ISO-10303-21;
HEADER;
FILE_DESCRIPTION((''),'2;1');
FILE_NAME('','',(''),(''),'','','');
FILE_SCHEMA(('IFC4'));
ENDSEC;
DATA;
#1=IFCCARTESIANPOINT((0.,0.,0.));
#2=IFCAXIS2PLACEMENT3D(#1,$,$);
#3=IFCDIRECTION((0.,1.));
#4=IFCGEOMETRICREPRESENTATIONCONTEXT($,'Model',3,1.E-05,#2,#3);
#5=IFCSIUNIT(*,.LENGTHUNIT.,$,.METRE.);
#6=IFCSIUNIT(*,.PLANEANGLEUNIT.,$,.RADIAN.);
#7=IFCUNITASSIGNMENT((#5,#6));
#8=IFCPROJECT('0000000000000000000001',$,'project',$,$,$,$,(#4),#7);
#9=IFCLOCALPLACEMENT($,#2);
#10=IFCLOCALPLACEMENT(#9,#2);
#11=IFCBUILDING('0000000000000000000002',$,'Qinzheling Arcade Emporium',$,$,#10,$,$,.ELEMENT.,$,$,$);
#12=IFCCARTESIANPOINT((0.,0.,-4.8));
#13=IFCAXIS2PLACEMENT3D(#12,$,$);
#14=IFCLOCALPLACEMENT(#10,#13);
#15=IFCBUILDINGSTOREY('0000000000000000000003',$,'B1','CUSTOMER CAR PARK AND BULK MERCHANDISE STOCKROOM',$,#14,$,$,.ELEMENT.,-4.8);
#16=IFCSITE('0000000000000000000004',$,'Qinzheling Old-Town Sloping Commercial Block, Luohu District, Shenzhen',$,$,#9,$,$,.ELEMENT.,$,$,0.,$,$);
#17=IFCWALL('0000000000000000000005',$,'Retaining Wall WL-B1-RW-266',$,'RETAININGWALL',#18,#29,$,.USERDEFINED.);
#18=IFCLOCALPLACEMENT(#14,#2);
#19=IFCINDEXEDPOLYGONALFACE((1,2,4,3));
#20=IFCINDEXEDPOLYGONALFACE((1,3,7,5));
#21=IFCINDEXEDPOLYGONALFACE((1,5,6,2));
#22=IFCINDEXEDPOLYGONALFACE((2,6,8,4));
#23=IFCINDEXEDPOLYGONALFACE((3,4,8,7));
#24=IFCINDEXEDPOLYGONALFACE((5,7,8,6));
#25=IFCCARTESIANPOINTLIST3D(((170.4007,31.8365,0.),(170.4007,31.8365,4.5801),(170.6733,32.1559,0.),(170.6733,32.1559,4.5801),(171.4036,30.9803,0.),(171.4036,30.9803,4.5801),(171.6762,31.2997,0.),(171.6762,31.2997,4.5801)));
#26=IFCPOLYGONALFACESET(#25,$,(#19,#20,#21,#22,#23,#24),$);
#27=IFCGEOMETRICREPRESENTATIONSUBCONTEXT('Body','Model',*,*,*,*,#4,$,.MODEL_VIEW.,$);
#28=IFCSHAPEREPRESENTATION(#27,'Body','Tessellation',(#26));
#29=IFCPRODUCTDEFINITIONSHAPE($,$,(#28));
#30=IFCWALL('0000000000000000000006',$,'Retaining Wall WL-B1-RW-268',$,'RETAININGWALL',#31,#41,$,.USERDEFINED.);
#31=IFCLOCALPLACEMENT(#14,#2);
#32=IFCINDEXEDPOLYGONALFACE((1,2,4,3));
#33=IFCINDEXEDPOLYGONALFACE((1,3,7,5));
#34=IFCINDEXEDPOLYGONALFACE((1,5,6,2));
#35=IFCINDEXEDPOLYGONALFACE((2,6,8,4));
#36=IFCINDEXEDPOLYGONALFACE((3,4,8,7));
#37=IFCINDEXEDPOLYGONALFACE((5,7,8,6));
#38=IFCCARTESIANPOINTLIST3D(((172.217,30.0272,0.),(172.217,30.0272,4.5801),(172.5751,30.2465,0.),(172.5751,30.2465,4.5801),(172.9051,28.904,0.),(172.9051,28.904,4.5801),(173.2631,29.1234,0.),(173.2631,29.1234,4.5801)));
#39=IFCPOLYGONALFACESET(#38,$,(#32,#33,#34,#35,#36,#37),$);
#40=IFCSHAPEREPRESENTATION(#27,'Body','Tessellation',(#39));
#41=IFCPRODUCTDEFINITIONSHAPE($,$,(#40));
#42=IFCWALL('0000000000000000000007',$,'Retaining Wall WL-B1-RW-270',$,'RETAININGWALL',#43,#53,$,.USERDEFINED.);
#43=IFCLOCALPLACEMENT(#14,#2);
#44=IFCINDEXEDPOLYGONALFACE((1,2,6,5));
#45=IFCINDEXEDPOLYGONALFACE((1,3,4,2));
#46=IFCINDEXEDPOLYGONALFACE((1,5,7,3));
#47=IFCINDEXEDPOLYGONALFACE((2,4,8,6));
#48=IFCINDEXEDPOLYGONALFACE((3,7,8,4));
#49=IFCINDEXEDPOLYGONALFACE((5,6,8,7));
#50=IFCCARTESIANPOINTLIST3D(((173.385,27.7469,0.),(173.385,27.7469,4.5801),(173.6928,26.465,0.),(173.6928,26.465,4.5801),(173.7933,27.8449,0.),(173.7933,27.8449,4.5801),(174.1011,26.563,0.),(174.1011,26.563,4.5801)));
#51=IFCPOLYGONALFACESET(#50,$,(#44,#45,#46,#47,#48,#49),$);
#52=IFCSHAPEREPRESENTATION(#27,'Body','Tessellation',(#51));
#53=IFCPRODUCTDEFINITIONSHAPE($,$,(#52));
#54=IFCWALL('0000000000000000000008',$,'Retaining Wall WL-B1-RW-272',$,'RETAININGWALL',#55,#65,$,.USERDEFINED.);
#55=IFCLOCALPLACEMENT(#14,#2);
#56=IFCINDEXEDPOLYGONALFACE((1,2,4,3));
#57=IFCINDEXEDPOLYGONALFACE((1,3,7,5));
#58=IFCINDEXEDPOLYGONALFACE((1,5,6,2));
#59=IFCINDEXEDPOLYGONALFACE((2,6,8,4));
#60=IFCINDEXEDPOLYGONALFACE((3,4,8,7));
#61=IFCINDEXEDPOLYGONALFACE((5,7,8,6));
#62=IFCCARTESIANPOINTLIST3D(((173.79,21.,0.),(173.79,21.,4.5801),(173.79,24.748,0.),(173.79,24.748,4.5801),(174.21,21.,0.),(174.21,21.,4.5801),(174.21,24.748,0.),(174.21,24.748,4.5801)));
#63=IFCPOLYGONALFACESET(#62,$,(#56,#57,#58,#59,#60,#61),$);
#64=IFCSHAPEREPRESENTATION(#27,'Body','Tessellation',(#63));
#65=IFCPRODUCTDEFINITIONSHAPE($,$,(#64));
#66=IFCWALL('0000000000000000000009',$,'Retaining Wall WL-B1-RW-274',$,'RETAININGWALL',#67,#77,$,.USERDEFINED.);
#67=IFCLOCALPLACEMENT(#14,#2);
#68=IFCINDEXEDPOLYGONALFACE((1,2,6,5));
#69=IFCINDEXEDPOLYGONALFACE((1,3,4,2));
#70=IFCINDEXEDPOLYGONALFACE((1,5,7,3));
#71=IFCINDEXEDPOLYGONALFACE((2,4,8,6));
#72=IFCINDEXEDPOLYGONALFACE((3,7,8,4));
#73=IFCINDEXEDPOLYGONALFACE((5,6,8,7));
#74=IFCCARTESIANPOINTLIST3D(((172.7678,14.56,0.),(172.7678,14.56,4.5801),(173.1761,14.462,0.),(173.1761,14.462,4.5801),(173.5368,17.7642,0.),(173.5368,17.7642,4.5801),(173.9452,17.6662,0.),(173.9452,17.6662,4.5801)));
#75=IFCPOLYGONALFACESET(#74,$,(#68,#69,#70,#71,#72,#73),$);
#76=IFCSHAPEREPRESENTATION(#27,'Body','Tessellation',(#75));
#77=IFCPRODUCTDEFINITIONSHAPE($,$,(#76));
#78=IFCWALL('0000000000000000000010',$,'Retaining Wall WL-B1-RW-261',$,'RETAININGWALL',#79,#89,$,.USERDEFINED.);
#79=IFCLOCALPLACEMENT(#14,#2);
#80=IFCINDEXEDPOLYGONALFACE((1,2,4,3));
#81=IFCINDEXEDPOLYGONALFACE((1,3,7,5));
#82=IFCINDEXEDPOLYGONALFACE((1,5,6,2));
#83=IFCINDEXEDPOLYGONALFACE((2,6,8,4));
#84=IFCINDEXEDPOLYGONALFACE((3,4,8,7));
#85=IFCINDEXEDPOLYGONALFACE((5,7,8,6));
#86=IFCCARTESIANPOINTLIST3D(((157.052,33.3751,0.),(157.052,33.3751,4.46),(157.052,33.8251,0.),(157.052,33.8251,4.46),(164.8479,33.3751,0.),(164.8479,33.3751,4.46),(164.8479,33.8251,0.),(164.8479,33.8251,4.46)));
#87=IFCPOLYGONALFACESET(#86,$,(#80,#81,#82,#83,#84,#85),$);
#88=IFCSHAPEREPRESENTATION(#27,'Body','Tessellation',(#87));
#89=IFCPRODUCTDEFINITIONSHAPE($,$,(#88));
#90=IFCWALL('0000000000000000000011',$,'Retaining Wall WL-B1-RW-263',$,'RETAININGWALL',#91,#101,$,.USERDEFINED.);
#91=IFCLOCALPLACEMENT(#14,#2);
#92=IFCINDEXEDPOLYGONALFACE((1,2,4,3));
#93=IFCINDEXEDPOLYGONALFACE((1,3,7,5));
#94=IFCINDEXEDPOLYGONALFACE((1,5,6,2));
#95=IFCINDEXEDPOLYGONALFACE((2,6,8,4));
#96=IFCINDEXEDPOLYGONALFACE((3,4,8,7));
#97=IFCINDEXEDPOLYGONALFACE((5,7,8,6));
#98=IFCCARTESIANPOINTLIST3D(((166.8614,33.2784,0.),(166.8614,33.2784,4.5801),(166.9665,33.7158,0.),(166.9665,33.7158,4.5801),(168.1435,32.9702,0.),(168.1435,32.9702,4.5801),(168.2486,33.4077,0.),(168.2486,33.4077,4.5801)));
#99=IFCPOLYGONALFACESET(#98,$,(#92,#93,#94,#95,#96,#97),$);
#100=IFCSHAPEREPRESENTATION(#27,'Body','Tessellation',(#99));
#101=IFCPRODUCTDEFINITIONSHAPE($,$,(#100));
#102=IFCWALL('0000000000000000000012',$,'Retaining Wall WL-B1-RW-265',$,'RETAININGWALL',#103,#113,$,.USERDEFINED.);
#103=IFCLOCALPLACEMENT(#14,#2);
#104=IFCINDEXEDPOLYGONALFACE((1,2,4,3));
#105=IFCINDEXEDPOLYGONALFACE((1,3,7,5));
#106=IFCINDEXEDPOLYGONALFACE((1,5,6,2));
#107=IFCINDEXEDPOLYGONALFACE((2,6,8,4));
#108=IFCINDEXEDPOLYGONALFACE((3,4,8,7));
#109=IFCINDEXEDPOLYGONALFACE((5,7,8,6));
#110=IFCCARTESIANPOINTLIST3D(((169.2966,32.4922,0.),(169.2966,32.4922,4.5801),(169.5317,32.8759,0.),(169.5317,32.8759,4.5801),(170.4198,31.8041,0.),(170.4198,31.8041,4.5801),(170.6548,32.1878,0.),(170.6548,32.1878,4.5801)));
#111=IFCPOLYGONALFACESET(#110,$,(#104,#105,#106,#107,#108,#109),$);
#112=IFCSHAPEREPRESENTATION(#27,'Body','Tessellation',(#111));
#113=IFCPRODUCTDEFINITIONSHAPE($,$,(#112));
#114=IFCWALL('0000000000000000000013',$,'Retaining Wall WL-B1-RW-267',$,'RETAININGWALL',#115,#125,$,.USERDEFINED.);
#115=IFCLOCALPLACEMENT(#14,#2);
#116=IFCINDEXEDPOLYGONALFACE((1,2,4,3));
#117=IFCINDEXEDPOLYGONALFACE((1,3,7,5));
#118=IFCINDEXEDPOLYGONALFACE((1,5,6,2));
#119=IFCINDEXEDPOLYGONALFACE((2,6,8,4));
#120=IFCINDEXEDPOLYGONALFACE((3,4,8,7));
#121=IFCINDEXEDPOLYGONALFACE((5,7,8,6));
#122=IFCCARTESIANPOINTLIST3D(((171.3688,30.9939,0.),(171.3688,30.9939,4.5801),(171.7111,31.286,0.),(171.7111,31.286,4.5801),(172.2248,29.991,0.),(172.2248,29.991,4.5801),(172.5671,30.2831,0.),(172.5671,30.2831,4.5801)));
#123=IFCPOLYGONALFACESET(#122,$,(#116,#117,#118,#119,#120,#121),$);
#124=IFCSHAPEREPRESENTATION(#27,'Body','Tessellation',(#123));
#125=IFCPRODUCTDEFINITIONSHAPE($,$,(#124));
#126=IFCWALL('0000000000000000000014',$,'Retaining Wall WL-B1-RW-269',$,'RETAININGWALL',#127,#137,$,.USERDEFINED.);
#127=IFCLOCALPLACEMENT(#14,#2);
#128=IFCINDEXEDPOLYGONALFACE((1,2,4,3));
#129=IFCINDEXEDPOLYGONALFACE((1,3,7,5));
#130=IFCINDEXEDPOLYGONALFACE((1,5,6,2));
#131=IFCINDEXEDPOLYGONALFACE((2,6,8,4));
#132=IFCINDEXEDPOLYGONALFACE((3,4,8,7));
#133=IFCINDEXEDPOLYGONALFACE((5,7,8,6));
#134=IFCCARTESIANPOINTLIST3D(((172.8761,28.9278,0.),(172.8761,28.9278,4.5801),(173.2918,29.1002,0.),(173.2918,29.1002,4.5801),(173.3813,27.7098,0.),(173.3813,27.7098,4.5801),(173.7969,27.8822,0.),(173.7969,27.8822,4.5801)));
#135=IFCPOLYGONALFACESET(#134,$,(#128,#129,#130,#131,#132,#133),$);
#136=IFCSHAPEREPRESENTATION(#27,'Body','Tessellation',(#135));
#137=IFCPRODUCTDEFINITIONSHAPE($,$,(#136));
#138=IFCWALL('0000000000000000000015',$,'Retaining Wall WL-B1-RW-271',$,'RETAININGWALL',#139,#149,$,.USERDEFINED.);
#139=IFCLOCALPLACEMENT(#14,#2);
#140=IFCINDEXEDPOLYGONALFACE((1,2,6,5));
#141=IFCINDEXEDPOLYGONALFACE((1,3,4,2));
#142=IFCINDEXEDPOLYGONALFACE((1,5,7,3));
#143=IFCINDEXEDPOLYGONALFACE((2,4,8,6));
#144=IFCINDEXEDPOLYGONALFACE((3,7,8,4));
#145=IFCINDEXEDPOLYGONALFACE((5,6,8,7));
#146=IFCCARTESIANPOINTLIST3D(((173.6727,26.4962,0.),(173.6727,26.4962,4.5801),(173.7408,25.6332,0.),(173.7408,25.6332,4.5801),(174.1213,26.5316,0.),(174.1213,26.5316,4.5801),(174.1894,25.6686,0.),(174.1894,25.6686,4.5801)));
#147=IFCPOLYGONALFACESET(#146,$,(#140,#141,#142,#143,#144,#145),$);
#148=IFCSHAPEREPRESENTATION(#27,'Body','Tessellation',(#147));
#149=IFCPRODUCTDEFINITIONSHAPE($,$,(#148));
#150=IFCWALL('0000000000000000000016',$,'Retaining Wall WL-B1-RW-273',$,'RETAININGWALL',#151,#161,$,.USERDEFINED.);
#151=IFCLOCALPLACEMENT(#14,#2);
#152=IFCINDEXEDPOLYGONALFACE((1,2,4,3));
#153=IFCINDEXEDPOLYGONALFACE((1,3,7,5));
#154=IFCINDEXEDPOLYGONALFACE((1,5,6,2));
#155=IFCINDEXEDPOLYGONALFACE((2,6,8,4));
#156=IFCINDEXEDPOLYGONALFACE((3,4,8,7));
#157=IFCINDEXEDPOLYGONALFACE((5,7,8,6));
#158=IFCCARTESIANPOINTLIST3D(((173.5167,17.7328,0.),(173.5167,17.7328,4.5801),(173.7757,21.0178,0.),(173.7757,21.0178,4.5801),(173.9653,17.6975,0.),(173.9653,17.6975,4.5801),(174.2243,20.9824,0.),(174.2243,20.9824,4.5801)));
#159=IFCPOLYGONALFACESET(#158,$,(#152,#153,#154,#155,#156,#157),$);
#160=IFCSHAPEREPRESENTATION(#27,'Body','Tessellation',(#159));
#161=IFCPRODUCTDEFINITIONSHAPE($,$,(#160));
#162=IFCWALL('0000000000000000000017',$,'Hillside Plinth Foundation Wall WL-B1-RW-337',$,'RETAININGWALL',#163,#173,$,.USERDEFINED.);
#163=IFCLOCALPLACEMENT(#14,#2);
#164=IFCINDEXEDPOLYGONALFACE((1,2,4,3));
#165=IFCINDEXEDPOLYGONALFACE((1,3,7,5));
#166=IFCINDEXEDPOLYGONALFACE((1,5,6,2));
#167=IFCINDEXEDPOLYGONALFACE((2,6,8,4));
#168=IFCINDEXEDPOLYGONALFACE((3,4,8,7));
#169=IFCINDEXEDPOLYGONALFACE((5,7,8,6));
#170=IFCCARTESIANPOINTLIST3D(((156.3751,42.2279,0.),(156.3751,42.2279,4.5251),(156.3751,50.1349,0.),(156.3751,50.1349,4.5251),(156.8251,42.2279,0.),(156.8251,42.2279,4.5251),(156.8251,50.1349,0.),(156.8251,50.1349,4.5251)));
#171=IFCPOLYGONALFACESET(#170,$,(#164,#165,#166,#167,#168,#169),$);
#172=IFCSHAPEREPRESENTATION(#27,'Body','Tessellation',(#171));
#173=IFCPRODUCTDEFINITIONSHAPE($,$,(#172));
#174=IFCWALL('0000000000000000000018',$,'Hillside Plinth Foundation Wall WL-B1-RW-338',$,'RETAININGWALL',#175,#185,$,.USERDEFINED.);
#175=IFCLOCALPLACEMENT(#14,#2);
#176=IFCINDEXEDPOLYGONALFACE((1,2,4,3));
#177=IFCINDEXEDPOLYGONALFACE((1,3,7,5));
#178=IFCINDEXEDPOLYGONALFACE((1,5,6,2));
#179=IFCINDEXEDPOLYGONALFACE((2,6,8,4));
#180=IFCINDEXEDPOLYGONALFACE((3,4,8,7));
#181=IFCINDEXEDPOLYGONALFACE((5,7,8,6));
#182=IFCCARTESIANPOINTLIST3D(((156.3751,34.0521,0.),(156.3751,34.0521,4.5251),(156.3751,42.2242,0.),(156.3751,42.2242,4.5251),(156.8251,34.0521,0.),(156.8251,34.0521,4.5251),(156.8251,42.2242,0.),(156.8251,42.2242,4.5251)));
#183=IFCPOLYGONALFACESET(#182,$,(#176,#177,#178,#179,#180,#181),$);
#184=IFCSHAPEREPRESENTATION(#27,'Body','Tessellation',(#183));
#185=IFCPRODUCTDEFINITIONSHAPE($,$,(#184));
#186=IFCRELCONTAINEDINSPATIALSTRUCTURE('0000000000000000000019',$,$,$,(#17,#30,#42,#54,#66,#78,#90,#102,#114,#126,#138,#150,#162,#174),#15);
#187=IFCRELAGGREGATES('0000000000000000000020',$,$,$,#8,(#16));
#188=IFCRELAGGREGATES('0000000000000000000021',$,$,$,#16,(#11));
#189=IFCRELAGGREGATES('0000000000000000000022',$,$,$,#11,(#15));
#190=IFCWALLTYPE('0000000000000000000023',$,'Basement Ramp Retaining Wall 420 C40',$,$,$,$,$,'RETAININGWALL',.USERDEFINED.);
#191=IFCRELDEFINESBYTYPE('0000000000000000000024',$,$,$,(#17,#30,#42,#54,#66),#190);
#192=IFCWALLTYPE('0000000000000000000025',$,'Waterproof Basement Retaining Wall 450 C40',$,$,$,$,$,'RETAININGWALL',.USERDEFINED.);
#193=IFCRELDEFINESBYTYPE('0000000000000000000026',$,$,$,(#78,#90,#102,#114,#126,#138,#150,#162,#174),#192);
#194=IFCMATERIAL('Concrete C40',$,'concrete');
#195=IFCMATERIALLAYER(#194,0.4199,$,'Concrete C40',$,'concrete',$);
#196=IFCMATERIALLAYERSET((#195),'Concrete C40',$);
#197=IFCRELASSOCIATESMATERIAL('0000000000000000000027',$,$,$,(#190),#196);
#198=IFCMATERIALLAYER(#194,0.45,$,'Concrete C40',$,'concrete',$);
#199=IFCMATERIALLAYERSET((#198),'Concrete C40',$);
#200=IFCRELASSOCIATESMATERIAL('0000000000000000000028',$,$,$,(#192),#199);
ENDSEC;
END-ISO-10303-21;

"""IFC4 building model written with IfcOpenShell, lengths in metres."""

from ifc_helpers import new_model, si_unit, direction, frame, frame_2d, origin, place, context, subcontext, project, spatial, rectangle, extrude, material, layer, layer_set, type_object, element, save


model = new_model("IFC4")

# Units and contexts
model_context = context("Model", 3, precision=1e-05, world=origin(), true_north=direction((0.0, 1.0)))
body_context = subcontext(model_context, "Body", "Model", "MODEL_VIEW")
ifc_project = project(units=[si_unit("LENGTHUNIT", "METRE"), si_unit("PLANEANGLEUNIT", "RADIAN")], contexts=[model_context])

# Site, building, storey
site_placement = place(None, origin())
site = spatial("IfcSite", under=ifc_project, at=site_placement, Name="Qinzheling Old-Town Sloping Commercial Block, Luohu District, Shenzhen", CompositionType="ELEMENT", RefElevation=0.0)
building_placement = place(site_placement, origin())
building = spatial("IfcBuilding", under=site, at=building_placement, Name="Qinzheling Arcade Emporium", CompositionType="ELEMENT")
storey_placement = place(building_placement, frame((0.0, 0.0, -4.8)))
storey = spatial("IfcBuildingStorey", under=building, at=storey_placement, Name="B1", Description="CUSTOMER CAR PARK AND BULK MERCHANDISE STOCKROOM", CompositionType="ELEMENT", Elevation=-4.8)

# Shared definitions
ifc_material_1 = material(Name="Concrete C40", Category="concrete")

# Walls
ifc_layer_1 = layer(ifc_material_1, 0.4199, Name="Concrete C40", Category="concrete")
ifc_layer_set_1 = layer_set([ifc_layer_1], Name="Concrete C40")
wall_type_1 = type_object("IfcWallType", Name="Basement Ramp Retaining Wall 420 C40", ElementType="RETAININGWALL", PredefinedType="USERDEFINED", material=ifc_layer_set_1)
for number, where, z_axis, x_axis, name in (
    (1, (170.5371, 31.9961, 0.0), (0.0, 0.0, 1.0), (0.760549, -0.649281, 0.0), "Retaining Wall WL-B1-RW-266"),
):
    element("IfcWall", number, at=place(storey_placement, frame(where, z_axis=z_axis, x_axis=x_axis)), inside=storey, type_object=wall_type_1, Name=name, ObjectType="RETAININGWALL", PredefinedType="USERDEFINED", context=body_context, shape_type="SweptSolid", body=[
        extrude(rectangle(XDim=1.3186, YDim=0.4199, at=frame_2d((0.6592, 0.0))), origin(), (0.0, 0.0, 1.0), 4.5801),
    ])
wall_1_placement = place(storey_placement, frame((172.396, 30.137, 0.0), z_axis=(0.0, 0.0, 1.0), x_axis=(0.522379, -0.852713, 0.0)))
element("IfcWall", 2, at=wall_1_placement, inside=storey, type_object=wall_type_1, Name="Retaining Wall WL-B1-RW-268", ObjectType="RETAININGWALL", PredefinedType="USERDEFINED", context=body_context, shape_type="SweptSolid", body=[
    extrude(rectangle(XDim=1.3171, YDim=0.4199, at=frame_2d((0.6587, 0.0))), origin(), (0.0, 0.0, 1.0), 4.5801),
])
wall_2_placement = place(storey_placement, frame((173.5891, 27.7959, 0.0), z_axis=(0.0, 0.0, 1.0), x_axis=(0.233506, -0.972355, 0.0)))
element("IfcWall", 3, at=wall_2_placement, inside=storey, type_object=wall_type_1, Name="Retaining Wall WL-B1-RW-270", ObjectType="RETAININGWALL", PredefinedType="USERDEFINED", context=body_context, shape_type="SweptSolid", body=[
    extrude(rectangle(XDim=1.3184, YDim=0.4199, at=frame_2d((0.6592, 0.0))), origin(), (0.0, 0.0, 1.0), 4.5801),
])
wall_3_placement = place(storey_placement, frame((174.0, 24.748, 0.0), z_axis=(0.0, 0.0, 1.0), x_axis=(0.0, -1.0, 0.0)))
element("IfcWall", 4, at=wall_3_placement, inside=storey, type_object=wall_type_1, Name="Retaining Wall WL-B1-RW-272", ObjectType="RETAININGWALL", PredefinedType="USERDEFINED", context=body_context, shape_type="SweptSolid", body=[
    extrude(rectangle(XDim=3.748, YDim=0.4199, at=frame_2d((1.874, 0.0))), origin(), (0.0, 0.0, 1.0), 4.5801),
])
wall_4_placement = place(storey_placement, frame((173.741, 17.7151, 0.0), z_axis=(0.0, 0.0, 1.0), x_axis=(-0.23339, -0.972383, 0.0)))
element("IfcWall", 5, at=wall_4_placement, inside=storey, type_object=wall_type_1, Name="Retaining Wall WL-B1-RW-274", ObjectType="RETAININGWALL", PredefinedType="USERDEFINED", context=body_context, shape_type="SweptSolid", body=[
    extrude(rectangle(XDim=3.2952, YDim=0.4199, at=frame_2d((1.6475, 0.0))), origin(), (0.0, 0.0, 1.0), 4.5801),
])
ifc_layer_2 = layer(ifc_material_1, 0.45, Name="Concrete C40", Category="concrete")
ifc_layer_set_2 = layer_set([ifc_layer_2], Name="Concrete C40")
wall_type_2 = type_object("IfcWallType", Name="Waterproof Basement Retaining Wall 450 C40", ElementType="RETAININGWALL", PredefinedType="USERDEFINED", material=ifc_layer_set_2)
wall_5_placement = place(storey_placement, frame((157.052, 33.6001, 0.0), z_axis=(0.0, 0.0, 1.0), x_axis=(1.0, 0.0, 0.0)))
element("IfcWall", 6, at=wall_5_placement, inside=storey, type_object=wall_type_2, Name="Retaining Wall WL-B1-RW-261", ObjectType="RETAININGWALL", PredefinedType="USERDEFINED", context=body_context, shape_type="SweptSolid", body=[
    extrude(rectangle(XDim=7.7959, YDim=0.45, at=frame_2d((3.8979, 0.0))), origin(), (0.0, 0.0, 1.0), 4.46),
])
wall_6_placement = place(storey_placement, frame((166.9141, 33.4971, 0.0), z_axis=(0.0, 0.0, 1.0), x_axis=(0.972313, -0.233681, 0.0)))
element("IfcWall", 7, at=wall_6_placement, inside=storey, type_object=wall_type_2, Name="Retaining Wall WL-B1-RW-263", ObjectType="RETAININGWALL", PredefinedType="USERDEFINED", context=body_context, shape_type="SweptSolid", body=[
    extrude(rectangle(XDim=1.3186, YDim=0.45, at=frame_2d((0.6592, 0.0))), origin(), (0.0, 0.0, 1.0), 4.5801),
])
wall_7_placement = place(storey_placement, frame((169.4141, 32.6841, 0.0), z_axis=(0.0, 0.0, 1.0), x_axis=(0.852713, -0.522379, 0.0)))
element("IfcWall", 8, at=wall_7_placement, inside=storey, type_object=wall_type_2, Name="Retaining Wall WL-B1-RW-265", ObjectType="RETAININGWALL", PredefinedType="USERDEFINED", context=body_context, shape_type="SweptSolid", body=[
    extrude(rectangle(XDim=1.3171, YDim=0.45, at=frame_2d((0.6587, 0.0))), origin(), (0.0, 0.0, 1.0), 4.5801),
])
for number, where, z_axis, x_axis, name in (
    (9, (171.54, 31.1399, 0.0), (0.0, 0.0, 1.0), (0.649174, -0.76064, 0.0), "Retaining Wall WL-B1-RW-267"),
    (10, (173.084, 29.0139, 0.0), (0.0, 0.0, 1.0), (0.383077, -0.923717, 0.0), "Retaining Wall WL-B1-RW-269"),
):
    element("IfcWall", number, at=place(storey_placement, frame(where, z_axis=z_axis, x_axis=x_axis)), inside=storey, type_object=wall_type_2, Name=name, ObjectType="RETAININGWALL", PredefinedType="USERDEFINED", context=body_context, shape_type="SweptSolid", body=[
        extrude(rectangle(XDim=1.3186, YDim=0.45, at=frame_2d((0.6592, 0.0))), origin(), (0.0, 0.0, 1.0), 4.5801),
    ])
wall_8_placement = place(storey_placement, frame((173.897, 26.5139, 0.0), z_axis=(0.0, 0.0, 1.0), x_axis=(0.07868, -0.9969, 0.0)))
element("IfcWall", 11, at=wall_8_placement, inside=storey, type_object=wall_type_2, Name="Retaining Wall WL-B1-RW-271", ObjectType="RETAININGWALL", PredefinedType="USERDEFINED", context=body_context, shape_type="SweptSolid", body=[
    extrude(rectangle(XDim=0.8657, YDim=0.45, at=frame_2d((0.4329, 0.0))), origin(), (0.0, 0.0, 1.0), 4.5801),
])
wall_9_placement = place(storey_placement, frame((174.0, 21.0, 0.0), z_axis=(0.0, 0.0, 1.0), x_axis=(-0.078611, -0.996905, 0.0)))
element("IfcWall", 12, at=wall_9_placement, inside=storey, type_object=wall_type_2, Name="Retaining Wall WL-B1-RW-273", ObjectType="RETAININGWALL", PredefinedType="USERDEFINED", context=body_context, shape_type="SweptSolid", body=[
    extrude(rectangle(XDim=3.2952, YDim=0.45, at=frame_2d((1.6475, 0.0))), origin(), (0.0, 0.0, 1.0), 4.5801),
])
wall_10_placement = place(storey_placement, frame((156.6001, 50.135, 0.0), z_axis=(0.0, 0.0, 1.0), x_axis=(0.0, -1.0, 0.0)))
element("IfcWall", 13, at=wall_10_placement, inside=storey, type_object=wall_type_2, Name="Hillside Plinth Foundation Wall WL-B1-RW-337", ObjectType="RETAININGWALL", PredefinedType="USERDEFINED", context=body_context, shape_type="SweptSolid", body=[
    extrude(rectangle(XDim=7.907, YDim=0.45, at=frame_2d((3.9536, 0.0))), origin(), (0.0, 0.0, 1.0), 4.5251),
])
wall_11_placement = place(storey_placement, frame((156.6001, 42.2241, 0.0), z_axis=(0.0, 0.0, 1.0), x_axis=(0.0, -1.0, 0.0)))
element("IfcWall", 14, at=wall_11_placement, inside=storey, type_object=wall_type_2, Name="Hillside Plinth Foundation Wall WL-B1-RW-338", ObjectType="RETAININGWALL", PredefinedType="USERDEFINED", context=body_context, shape_type="SweptSolid", body=[
    extrude(rectangle(XDim=8.1721, YDim=0.45, at=frame_2d((4.0859, 0.0))), origin(), (0.0, 0.0, 1.0), 4.5251),
])

save(model, "model.ifc")
